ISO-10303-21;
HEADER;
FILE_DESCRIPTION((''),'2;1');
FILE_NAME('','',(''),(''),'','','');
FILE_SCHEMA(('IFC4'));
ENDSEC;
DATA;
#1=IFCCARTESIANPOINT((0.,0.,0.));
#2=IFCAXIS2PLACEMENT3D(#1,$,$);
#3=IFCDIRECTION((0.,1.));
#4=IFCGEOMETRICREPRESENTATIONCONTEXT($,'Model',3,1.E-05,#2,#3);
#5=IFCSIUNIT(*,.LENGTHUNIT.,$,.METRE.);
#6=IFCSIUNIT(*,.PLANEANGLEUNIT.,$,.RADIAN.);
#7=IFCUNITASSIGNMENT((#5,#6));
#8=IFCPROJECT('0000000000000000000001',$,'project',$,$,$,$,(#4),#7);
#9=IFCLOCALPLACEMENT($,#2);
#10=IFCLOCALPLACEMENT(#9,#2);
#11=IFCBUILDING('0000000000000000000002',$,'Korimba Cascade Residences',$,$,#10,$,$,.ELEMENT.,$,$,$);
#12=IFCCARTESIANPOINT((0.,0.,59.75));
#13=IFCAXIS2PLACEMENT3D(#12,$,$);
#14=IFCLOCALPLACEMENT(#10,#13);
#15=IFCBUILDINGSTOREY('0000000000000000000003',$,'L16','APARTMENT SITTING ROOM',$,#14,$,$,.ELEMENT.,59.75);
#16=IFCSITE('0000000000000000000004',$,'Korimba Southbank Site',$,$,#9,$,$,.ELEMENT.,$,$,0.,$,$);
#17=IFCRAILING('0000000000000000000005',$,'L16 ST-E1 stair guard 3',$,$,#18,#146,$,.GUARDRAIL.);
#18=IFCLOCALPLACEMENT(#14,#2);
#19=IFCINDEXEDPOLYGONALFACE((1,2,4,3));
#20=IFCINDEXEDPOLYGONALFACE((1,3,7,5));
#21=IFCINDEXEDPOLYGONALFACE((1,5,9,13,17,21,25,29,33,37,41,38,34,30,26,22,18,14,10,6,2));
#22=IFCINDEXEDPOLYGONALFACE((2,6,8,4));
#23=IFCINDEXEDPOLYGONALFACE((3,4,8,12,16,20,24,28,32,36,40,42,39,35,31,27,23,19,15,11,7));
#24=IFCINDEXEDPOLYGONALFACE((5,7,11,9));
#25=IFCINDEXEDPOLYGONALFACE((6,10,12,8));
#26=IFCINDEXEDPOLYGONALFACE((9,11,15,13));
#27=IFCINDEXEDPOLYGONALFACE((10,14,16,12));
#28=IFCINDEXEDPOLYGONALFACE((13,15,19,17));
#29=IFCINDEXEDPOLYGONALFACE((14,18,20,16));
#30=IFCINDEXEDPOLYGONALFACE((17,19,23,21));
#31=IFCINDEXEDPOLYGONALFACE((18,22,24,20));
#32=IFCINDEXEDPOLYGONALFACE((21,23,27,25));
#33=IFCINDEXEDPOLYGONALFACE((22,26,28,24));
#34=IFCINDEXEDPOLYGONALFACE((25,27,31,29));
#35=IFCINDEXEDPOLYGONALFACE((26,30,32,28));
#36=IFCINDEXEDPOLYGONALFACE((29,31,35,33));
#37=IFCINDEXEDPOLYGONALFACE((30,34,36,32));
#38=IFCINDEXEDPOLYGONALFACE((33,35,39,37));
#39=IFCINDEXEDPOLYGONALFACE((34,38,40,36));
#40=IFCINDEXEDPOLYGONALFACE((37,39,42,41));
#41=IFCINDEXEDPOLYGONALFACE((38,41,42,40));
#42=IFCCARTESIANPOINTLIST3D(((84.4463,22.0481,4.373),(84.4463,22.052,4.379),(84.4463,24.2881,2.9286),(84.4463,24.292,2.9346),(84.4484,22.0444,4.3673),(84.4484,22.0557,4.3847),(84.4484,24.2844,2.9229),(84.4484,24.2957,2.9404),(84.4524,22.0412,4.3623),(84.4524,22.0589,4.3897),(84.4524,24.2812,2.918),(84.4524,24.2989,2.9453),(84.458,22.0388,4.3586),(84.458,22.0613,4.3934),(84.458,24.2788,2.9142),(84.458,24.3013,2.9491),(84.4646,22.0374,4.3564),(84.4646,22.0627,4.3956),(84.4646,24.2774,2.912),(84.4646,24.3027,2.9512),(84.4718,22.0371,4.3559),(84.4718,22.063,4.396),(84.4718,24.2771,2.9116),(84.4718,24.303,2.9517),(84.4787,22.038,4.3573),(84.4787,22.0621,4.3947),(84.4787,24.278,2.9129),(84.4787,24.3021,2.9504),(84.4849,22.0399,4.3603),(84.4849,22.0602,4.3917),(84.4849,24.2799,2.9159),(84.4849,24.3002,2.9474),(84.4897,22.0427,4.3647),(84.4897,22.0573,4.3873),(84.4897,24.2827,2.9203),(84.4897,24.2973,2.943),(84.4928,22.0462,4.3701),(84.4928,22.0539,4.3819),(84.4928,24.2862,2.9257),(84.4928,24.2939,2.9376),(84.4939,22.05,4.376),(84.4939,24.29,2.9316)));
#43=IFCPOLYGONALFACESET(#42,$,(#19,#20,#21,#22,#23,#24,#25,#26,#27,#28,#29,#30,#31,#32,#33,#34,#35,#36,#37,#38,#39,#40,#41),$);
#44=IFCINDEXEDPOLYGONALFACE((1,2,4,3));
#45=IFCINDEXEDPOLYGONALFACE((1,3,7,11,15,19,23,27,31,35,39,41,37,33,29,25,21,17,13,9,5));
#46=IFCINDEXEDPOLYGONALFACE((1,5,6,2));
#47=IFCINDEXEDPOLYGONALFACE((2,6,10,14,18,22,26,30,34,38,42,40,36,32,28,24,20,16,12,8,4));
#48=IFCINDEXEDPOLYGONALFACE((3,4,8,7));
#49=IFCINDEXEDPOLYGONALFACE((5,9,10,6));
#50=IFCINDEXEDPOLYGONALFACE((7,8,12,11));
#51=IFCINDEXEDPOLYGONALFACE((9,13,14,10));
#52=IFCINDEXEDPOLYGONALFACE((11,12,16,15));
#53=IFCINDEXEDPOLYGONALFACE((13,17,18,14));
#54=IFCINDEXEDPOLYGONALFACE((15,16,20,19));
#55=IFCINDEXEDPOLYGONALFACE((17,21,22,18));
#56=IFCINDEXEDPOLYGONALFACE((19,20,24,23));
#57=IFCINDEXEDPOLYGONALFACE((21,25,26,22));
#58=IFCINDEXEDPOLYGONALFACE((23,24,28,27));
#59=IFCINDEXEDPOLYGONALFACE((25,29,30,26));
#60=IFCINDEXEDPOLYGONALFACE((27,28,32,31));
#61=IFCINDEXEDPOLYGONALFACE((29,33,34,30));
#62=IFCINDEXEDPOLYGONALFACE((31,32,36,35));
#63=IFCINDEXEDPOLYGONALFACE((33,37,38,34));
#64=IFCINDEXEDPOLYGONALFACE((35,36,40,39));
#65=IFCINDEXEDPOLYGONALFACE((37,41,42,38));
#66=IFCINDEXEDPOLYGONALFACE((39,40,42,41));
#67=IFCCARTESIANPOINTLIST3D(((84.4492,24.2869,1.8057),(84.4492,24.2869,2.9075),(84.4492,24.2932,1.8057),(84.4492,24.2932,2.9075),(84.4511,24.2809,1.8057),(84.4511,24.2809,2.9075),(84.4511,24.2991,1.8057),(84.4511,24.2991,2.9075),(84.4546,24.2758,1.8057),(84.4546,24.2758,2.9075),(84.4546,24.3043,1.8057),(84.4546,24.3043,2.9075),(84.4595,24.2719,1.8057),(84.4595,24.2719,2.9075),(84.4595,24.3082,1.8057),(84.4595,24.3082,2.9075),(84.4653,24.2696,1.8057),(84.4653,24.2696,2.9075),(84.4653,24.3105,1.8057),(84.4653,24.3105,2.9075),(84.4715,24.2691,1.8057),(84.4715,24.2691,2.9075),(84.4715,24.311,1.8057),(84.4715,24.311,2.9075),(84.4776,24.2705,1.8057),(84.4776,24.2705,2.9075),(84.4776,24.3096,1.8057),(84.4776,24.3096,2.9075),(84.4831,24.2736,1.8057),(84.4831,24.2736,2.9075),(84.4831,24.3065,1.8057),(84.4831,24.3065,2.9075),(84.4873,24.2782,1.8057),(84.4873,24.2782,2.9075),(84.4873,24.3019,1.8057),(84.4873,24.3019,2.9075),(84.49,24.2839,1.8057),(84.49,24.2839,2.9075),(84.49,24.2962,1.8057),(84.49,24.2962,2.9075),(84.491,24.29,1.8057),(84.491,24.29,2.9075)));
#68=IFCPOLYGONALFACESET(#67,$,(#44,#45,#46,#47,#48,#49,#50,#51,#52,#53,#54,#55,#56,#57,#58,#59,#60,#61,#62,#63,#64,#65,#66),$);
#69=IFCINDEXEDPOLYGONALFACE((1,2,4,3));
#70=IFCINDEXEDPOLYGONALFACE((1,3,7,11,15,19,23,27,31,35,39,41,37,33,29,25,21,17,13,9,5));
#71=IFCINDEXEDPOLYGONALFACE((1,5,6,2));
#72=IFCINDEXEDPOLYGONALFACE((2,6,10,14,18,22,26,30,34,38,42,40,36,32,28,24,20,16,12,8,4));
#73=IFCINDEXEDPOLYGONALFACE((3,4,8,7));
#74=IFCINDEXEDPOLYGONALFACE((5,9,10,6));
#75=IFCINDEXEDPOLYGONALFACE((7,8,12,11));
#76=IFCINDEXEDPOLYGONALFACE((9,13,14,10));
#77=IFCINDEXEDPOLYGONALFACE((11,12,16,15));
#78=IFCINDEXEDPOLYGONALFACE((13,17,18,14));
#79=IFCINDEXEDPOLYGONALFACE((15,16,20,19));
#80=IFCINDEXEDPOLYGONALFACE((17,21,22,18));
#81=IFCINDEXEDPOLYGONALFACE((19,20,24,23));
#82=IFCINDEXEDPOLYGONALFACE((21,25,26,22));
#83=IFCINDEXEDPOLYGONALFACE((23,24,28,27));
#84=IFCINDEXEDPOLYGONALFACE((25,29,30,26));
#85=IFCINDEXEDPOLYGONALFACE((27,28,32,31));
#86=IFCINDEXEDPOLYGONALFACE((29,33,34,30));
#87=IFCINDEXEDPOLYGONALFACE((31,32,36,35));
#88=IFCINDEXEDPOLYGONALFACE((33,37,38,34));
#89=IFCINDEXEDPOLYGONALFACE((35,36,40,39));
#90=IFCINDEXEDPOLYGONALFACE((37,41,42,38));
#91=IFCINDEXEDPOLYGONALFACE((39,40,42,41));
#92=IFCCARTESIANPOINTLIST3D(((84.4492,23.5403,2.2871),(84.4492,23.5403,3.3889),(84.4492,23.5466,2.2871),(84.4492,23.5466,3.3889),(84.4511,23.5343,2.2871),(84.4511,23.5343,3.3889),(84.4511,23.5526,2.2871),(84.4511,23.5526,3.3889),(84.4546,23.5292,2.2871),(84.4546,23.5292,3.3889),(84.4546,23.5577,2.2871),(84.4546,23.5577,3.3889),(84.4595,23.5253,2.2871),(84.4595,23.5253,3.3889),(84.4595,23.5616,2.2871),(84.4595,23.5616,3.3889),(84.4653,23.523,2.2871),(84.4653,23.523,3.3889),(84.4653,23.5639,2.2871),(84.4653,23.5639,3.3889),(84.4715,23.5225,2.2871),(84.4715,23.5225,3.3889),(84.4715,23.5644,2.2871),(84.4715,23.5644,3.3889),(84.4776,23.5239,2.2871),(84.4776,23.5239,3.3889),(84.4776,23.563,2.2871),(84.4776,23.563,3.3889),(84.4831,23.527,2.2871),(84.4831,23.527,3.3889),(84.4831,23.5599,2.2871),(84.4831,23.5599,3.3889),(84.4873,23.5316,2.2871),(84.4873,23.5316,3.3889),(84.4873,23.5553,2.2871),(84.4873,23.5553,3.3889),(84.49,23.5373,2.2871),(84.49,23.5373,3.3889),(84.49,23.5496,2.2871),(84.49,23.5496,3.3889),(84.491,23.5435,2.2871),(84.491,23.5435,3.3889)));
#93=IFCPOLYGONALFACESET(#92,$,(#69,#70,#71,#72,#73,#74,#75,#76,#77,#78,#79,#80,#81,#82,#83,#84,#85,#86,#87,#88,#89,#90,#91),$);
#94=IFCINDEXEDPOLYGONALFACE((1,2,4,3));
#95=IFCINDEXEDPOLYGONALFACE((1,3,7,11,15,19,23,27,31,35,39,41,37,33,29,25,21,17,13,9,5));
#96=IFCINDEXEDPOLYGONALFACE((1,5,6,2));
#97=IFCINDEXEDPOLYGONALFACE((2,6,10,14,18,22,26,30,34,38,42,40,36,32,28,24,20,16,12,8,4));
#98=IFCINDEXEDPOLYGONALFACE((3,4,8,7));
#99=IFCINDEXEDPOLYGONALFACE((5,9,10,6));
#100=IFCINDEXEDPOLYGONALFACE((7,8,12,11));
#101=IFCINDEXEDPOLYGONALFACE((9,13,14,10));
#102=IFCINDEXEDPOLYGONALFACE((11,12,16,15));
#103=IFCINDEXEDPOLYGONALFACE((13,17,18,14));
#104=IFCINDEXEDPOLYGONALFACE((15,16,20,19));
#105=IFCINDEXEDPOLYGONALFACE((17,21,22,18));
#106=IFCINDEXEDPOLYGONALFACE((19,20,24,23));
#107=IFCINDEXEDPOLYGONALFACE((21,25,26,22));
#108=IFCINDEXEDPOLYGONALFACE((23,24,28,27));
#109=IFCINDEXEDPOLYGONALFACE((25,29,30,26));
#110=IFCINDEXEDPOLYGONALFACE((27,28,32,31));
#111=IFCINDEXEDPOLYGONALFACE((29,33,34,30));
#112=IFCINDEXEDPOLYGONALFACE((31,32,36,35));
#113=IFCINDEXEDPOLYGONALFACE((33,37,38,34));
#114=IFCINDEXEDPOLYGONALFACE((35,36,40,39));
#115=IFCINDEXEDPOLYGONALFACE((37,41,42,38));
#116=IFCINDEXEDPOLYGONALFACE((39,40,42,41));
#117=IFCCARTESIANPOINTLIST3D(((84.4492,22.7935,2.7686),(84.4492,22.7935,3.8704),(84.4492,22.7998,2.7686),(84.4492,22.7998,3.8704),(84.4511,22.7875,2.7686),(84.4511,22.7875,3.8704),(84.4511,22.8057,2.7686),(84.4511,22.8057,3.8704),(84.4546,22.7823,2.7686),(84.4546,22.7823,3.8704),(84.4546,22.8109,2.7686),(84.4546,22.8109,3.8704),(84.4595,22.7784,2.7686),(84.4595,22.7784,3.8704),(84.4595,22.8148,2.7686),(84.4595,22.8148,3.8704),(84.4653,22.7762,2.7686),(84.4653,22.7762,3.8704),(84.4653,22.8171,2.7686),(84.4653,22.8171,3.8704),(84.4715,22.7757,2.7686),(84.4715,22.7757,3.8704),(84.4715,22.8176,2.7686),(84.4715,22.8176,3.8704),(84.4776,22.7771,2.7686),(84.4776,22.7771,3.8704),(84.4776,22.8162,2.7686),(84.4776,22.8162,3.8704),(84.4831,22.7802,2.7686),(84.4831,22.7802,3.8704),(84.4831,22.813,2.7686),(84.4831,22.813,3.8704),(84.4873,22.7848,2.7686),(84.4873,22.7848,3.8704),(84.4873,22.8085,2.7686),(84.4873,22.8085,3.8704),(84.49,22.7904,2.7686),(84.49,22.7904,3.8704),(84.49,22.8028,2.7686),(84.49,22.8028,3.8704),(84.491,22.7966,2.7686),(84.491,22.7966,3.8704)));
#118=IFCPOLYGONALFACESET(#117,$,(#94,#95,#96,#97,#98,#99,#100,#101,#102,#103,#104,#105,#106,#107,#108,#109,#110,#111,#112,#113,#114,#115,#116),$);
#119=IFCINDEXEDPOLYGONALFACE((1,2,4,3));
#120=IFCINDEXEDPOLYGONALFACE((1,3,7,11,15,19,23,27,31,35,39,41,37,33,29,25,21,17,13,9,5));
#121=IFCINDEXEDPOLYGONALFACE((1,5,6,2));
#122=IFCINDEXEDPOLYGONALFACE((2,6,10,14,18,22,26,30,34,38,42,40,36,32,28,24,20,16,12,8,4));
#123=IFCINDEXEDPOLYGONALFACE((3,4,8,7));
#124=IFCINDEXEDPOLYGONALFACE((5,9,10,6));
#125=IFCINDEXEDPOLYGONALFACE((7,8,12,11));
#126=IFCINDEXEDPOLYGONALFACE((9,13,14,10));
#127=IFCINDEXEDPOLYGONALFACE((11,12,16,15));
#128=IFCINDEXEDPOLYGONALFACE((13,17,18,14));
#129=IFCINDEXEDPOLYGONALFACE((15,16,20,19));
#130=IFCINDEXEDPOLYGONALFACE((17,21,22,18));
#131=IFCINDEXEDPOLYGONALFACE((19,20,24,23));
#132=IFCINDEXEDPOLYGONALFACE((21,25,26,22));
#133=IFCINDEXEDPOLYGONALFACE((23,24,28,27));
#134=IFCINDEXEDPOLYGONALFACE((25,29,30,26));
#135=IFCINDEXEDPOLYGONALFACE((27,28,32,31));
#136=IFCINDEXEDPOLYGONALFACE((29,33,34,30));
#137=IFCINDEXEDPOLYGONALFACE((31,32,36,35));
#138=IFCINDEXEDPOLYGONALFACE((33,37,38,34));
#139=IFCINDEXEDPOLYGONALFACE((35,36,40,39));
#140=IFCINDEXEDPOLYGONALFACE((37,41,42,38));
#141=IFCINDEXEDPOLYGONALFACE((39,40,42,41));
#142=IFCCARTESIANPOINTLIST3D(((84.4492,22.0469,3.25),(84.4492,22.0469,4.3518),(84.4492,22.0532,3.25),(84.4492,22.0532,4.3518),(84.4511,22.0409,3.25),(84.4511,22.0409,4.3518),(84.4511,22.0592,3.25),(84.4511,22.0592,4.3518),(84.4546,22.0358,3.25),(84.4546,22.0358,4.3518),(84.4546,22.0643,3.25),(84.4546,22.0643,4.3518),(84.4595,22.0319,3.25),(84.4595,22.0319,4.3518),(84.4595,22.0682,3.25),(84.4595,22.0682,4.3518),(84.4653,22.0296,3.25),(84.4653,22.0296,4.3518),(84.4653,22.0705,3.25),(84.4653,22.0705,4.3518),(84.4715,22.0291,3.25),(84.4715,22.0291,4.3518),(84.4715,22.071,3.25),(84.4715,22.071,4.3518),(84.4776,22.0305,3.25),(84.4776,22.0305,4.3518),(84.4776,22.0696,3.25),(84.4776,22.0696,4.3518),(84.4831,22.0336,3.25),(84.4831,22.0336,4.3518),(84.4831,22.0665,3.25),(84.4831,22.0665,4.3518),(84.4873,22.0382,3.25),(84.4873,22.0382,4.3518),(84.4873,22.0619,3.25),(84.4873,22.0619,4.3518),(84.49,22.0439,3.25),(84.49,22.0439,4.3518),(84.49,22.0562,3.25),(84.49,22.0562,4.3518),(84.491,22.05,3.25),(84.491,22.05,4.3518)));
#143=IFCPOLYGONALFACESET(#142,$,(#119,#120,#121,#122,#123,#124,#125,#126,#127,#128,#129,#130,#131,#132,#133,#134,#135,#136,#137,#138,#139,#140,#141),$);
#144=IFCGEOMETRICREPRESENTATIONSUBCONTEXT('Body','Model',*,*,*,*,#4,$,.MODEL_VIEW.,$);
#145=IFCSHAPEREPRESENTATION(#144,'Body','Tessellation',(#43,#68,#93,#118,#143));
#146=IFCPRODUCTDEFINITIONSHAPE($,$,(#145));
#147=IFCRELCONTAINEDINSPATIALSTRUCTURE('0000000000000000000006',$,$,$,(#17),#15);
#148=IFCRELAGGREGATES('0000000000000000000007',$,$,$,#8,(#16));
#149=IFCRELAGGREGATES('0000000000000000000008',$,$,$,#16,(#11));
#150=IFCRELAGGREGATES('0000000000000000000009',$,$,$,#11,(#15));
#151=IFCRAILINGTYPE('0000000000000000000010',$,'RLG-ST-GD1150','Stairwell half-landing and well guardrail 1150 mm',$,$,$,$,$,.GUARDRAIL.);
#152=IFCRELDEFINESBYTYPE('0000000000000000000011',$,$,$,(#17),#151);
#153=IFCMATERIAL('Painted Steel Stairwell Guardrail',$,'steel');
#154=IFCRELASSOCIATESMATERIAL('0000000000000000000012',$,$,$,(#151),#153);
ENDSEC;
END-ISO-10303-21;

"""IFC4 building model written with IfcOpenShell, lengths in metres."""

from ifc_helpers import new_model, si_unit, direction, frame, origin, origin_2d, place, context, subcontext, project, spatial, circle, extrude, material, type_object, element, save


model = new_model("IFC4")

# Units and contexts
model_context = context("Model", 3, precision=1e-05, world=origin(), true_north=direction((0.0, 1.0)))
body_context = subcontext(model_context, "Body", "Model", "MODEL_VIEW")
ifc_project = project(units=[si_unit("LENGTHUNIT", "METRE"), si_unit("PLANEANGLEUNIT", "RADIAN")], contexts=[model_context])

# Site, building, storey
site_placement = place(None, origin())
site = spatial("IfcSite", under=ifc_project, at=site_placement, Name="Korimba Southbank Site", CompositionType="ELEMENT", RefElevation=0.0)
building_placement = place(site_placement, origin())
building = spatial("IfcBuilding", under=site, at=building_placement, Name="Korimba Cascade Residences", CompositionType="ELEMENT")
storey_placement = place(building_placement, frame((0.0, 0.0, 59.75)))
storey = spatial("IfcBuildingStorey", under=building, at=storey_placement, Name="L16", Description="APARTMENT SITTING ROOM", CompositionType="ELEMENT", Elevation=59.75)

# Railing
ifc_material_1 = material(Name="Painted Steel Stairwell Guardrail", Category="steel")
railing_type_1 = type_object("IfcRailingType", Name="RLG-ST-GD1150", Description="Stairwell half-landing and well guardrail 1150 mm", PredefinedType="GUARDRAIL", material=ifc_material_1)
railing_1_placement = place(storey_placement, frame((84.47, 24.29, 1.8057)))
element("IfcRailing", 1, at=railing_1_placement, inside=storey, type_object=railing_type_1, Name="L16 ST-E1 stair guard 3", PredefinedType="GUARDRAIL", context=body_context, shape_type="SweptSolid", body=[
    extrude(circle(Radius=0.0239, at=origin_2d()), frame((0.0, 0.0, 1.126), z_axis=(0.0, -0.840437, 0.54191), x_axis=(1.0, 0.0, 0.0)), (0.0, 0.0, 1.0), 2.6653),
    extrude(circle(Radius=0.021, at=origin_2d()), origin(), (0.0, 0.0, 1.0), 1.1018),
    extrude(circle(Radius=0.021, at=origin_2d()), frame((0.0, -0.7466, 0.4814)), (0.0, 0.0, 1.0), 1.1018),
    extrude(circle(Radius=0.021, at=origin_2d()), frame((0.0, -1.4934, 0.9629)), (0.0, 0.0, 1.0), 1.1018),
    extrude(circle(Radius=0.021, at=origin_2d()), frame((0.0, -2.24, 1.4443)), (0.0, 0.0, 1.0), 1.1018),
])

save(model, "model.ifc")
